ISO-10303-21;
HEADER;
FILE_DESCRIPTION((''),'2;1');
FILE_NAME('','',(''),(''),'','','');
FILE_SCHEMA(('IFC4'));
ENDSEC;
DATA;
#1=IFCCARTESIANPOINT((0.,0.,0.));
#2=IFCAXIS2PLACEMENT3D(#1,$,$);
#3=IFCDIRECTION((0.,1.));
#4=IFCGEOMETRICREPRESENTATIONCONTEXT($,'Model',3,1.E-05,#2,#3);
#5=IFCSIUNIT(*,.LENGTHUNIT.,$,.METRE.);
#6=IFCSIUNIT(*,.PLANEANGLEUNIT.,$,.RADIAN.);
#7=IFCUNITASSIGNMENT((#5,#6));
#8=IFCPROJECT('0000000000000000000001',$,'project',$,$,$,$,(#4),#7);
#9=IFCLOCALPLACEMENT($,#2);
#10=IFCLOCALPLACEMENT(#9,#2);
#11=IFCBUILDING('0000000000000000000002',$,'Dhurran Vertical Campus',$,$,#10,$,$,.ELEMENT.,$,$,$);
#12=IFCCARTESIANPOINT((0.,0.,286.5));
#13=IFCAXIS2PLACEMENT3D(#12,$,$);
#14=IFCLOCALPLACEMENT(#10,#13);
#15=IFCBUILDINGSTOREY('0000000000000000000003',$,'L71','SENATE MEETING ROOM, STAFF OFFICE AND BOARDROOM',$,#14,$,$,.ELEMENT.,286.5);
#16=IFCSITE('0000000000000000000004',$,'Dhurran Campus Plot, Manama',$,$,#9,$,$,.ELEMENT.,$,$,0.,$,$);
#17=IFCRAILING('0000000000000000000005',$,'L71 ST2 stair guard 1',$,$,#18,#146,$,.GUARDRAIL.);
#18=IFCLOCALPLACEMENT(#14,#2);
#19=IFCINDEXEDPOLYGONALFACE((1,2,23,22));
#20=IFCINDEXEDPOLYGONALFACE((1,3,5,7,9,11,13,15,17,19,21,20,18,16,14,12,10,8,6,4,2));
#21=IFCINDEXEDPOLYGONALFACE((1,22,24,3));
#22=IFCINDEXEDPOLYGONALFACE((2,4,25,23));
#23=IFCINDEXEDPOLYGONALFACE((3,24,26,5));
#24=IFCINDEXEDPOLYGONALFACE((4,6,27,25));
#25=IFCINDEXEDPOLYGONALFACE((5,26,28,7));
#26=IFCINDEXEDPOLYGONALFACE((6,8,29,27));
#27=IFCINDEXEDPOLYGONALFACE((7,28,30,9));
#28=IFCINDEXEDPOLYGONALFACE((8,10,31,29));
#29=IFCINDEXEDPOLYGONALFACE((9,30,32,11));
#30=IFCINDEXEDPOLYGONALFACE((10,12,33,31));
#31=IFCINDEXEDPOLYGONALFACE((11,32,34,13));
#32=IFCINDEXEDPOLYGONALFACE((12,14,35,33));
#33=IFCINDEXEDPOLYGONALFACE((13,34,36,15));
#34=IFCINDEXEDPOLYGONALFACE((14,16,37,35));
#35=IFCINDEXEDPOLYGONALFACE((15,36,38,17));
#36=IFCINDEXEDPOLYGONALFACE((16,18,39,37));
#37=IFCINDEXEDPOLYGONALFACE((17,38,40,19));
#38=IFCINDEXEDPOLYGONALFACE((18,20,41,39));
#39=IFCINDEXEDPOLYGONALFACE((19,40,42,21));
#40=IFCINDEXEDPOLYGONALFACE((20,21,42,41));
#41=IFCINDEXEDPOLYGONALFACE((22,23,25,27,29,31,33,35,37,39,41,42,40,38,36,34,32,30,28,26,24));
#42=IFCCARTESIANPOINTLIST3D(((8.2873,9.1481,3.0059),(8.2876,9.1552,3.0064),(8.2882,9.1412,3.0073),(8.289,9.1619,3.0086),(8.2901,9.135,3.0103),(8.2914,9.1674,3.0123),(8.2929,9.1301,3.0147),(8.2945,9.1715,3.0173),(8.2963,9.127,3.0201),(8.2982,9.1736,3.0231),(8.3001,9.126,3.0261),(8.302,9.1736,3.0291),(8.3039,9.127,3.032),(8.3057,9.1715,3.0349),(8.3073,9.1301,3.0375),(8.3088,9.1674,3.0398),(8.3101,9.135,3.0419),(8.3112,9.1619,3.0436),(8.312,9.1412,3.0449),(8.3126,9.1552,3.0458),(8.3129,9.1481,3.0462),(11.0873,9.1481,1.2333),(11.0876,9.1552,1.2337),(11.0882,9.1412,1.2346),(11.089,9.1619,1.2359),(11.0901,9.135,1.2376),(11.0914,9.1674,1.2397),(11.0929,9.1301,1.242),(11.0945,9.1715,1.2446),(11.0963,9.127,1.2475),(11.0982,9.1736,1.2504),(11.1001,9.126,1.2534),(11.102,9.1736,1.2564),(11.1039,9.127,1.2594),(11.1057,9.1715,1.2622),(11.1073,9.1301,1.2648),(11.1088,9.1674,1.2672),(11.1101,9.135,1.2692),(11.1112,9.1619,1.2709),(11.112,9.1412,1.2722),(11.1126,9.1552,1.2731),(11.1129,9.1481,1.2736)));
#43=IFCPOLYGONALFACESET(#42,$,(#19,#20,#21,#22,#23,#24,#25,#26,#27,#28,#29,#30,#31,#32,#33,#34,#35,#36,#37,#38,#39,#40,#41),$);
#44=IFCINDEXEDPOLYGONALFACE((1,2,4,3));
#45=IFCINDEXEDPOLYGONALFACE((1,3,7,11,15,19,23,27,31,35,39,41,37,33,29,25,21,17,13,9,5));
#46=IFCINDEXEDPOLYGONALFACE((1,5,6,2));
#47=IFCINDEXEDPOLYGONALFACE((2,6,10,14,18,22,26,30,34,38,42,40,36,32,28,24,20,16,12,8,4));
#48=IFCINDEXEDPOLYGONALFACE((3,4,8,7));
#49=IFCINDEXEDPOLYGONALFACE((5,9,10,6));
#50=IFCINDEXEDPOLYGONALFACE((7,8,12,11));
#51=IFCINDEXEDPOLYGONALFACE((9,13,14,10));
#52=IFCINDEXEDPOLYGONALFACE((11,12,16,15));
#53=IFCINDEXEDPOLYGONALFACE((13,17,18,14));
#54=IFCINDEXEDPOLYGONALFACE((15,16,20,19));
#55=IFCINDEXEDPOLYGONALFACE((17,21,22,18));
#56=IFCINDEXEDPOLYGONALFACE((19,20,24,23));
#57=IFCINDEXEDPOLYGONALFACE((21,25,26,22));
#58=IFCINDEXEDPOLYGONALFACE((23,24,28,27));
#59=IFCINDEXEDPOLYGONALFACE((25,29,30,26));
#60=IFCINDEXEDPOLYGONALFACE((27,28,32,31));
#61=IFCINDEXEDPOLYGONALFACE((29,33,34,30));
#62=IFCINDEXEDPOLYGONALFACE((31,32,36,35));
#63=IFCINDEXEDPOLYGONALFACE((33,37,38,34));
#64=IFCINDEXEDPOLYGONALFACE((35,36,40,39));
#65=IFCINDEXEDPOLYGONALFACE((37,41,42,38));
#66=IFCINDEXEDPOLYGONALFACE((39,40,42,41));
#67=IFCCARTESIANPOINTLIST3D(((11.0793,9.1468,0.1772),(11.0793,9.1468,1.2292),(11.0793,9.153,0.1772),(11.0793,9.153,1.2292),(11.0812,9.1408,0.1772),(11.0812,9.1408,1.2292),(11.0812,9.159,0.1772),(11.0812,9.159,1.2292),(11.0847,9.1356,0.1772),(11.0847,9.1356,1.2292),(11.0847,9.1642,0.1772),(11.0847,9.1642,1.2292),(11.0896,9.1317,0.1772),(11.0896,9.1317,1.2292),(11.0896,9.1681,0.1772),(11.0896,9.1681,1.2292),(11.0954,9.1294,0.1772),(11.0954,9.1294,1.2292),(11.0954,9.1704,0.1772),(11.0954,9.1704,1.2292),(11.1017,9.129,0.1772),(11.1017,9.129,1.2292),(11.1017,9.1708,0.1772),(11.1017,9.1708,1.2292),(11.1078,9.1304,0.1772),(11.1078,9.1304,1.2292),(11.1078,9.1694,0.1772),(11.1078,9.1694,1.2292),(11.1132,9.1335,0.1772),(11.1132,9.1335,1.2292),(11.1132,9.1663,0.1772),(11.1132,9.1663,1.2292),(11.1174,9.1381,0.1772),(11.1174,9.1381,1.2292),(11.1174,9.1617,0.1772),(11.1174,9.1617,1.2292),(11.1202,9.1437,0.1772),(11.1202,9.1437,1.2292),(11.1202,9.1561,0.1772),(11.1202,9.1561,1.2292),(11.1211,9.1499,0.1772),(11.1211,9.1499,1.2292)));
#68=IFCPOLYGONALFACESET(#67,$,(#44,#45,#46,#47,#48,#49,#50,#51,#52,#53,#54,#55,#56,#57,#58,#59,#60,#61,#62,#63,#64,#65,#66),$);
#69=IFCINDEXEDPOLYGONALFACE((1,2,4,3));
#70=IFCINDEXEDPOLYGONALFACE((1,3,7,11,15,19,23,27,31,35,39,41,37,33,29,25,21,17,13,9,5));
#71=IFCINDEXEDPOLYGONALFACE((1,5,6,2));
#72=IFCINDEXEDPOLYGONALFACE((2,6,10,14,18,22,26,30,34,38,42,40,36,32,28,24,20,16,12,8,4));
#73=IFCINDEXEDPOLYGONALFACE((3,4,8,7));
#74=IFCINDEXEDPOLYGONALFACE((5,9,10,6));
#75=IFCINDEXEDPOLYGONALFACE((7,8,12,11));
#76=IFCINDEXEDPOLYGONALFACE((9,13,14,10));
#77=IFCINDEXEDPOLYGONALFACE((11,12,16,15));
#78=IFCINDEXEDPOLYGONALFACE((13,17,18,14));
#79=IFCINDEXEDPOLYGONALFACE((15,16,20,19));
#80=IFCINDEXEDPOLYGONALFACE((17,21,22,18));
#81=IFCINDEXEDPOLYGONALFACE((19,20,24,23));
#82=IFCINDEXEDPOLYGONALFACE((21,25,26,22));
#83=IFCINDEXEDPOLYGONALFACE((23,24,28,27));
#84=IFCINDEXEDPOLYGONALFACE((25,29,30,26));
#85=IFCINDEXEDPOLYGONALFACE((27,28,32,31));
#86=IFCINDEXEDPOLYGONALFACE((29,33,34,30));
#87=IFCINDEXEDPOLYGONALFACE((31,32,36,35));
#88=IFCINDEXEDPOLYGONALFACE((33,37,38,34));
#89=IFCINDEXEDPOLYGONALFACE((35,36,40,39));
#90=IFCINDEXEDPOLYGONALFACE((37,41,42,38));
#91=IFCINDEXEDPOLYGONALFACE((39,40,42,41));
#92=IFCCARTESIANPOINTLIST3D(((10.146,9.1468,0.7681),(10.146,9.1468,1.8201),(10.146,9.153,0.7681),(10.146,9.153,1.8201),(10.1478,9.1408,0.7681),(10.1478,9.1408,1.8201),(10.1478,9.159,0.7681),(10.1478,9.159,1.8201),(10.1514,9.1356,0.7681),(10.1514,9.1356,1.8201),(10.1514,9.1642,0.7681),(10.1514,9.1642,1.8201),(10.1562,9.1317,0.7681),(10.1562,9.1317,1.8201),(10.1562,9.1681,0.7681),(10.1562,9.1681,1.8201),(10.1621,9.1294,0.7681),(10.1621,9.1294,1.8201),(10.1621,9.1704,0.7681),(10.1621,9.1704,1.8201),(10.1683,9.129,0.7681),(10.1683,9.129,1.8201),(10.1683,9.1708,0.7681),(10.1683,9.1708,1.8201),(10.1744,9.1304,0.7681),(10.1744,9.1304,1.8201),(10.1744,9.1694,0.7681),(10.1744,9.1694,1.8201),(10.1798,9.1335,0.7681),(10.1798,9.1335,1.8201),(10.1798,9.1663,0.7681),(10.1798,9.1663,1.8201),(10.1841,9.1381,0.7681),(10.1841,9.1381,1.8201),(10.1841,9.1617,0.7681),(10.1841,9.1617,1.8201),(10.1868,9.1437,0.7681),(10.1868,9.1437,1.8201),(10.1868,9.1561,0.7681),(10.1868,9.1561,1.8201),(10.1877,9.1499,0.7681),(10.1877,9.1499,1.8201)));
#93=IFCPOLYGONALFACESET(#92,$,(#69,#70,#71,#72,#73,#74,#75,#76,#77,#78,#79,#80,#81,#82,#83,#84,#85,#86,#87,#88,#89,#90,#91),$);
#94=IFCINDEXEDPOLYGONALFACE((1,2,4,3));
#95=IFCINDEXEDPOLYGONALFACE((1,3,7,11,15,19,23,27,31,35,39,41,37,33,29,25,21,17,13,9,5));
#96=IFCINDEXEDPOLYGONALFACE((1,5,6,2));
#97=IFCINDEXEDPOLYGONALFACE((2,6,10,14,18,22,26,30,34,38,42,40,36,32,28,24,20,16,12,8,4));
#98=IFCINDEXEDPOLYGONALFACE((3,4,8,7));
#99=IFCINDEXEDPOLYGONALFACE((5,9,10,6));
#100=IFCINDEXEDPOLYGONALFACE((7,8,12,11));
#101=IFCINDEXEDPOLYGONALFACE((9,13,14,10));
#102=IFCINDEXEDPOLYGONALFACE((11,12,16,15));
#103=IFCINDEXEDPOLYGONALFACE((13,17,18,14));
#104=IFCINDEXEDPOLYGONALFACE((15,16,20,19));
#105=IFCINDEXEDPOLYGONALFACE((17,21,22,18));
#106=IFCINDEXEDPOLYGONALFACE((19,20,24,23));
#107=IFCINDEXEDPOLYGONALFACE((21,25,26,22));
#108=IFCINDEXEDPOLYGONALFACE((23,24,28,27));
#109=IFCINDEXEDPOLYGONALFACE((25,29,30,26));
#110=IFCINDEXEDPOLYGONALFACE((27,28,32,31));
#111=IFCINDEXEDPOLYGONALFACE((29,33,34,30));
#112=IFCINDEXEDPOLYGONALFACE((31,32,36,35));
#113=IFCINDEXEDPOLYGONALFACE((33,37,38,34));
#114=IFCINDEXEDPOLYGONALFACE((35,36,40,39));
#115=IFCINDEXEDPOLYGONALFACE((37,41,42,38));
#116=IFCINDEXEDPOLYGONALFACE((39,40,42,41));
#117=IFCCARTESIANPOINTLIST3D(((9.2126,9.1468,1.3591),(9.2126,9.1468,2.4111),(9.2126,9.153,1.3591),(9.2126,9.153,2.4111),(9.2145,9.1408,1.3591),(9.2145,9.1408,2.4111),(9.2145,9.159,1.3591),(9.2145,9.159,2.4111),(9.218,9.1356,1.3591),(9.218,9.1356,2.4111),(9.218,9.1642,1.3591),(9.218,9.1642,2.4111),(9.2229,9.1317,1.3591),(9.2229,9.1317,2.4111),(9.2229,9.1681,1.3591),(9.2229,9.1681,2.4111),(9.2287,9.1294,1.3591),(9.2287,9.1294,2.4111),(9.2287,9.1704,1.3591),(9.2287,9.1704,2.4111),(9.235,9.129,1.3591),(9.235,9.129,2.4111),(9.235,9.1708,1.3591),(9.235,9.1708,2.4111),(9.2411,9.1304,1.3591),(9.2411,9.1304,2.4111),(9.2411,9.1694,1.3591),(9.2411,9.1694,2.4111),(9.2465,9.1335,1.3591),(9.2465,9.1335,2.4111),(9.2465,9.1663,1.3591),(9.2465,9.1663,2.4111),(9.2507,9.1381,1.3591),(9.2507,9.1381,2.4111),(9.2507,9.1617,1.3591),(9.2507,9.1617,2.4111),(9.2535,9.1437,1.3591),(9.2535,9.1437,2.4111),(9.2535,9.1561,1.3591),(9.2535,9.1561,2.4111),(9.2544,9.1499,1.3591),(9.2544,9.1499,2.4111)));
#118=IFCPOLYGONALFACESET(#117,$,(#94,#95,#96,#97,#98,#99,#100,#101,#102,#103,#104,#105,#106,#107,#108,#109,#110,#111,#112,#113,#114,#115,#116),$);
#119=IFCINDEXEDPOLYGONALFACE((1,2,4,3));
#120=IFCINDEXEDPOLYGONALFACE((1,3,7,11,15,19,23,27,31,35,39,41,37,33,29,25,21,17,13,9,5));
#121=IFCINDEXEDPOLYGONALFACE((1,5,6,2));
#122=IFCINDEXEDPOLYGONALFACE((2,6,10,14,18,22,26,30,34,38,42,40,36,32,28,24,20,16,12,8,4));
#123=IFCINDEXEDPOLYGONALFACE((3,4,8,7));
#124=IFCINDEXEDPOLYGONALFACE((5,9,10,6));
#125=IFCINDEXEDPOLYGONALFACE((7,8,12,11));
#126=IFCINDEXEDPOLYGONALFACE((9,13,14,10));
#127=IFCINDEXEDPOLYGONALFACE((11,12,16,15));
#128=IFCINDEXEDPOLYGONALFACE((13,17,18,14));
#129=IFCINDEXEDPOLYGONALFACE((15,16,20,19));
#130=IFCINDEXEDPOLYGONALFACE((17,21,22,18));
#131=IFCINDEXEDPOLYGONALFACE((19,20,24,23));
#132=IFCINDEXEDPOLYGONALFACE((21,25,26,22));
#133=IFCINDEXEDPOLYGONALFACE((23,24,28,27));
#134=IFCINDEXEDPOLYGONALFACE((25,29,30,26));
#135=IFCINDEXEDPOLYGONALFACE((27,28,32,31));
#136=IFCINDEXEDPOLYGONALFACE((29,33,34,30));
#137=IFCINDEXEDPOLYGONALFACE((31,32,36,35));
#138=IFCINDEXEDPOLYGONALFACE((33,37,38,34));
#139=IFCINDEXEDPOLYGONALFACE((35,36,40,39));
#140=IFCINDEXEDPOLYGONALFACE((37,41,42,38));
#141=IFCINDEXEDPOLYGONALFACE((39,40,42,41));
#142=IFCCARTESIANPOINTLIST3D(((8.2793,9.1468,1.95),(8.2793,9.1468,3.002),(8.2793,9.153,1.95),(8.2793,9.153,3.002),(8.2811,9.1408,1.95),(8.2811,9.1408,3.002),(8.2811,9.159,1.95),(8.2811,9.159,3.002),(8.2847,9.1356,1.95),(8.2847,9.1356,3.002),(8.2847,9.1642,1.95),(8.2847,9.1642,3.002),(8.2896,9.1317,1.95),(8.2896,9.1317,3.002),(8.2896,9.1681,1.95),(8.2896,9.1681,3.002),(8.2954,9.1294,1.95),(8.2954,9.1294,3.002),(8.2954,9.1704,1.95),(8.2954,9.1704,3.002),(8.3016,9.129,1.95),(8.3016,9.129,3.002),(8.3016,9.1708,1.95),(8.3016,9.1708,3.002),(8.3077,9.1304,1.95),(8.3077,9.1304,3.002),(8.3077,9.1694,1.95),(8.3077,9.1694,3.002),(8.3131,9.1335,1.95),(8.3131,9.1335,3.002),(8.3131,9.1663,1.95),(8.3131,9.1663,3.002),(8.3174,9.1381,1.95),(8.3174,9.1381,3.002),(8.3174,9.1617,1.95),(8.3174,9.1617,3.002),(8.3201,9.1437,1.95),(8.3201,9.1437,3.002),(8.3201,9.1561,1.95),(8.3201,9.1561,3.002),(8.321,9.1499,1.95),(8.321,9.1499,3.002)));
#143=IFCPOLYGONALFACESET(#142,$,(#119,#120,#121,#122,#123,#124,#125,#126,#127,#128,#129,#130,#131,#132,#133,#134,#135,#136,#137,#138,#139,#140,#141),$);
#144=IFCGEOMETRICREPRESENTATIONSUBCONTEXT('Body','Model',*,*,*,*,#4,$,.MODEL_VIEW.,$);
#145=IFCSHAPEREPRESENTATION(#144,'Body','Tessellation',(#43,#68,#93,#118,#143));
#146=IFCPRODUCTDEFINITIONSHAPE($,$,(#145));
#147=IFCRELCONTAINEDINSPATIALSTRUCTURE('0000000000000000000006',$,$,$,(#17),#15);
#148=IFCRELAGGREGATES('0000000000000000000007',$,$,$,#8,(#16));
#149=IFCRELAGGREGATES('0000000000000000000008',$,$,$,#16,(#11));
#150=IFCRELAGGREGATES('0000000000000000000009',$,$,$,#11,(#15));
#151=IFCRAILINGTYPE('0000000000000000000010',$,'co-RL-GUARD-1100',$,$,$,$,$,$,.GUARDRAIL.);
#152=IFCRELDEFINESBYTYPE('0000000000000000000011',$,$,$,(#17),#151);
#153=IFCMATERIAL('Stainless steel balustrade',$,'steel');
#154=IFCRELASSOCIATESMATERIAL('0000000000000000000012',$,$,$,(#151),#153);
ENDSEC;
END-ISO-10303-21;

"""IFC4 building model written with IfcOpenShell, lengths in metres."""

from ifc_helpers import new_model, si_unit, direction, frame, origin, origin_2d, place, context, subcontext, project, spatial, circle, extrude, material, type_object, element, save


model = new_model("IFC4")

# Units and contexts
model_context = context("Model", 3, precision=1e-05, world=origin(), true_north=direction((0.0, 1.0)))
body_context = subcontext(model_context, "Body", "Model", "MODEL_VIEW")
ifc_project = project(units=[si_unit("LENGTHUNIT", "METRE"), si_unit("PLANEANGLEUNIT", "RADIAN")], contexts=[model_context])

# Site, building, storey
site_placement = place(None, origin())
site = spatial("IfcSite", under=ifc_project, at=site_placement, Name="Dhurran Campus Plot, Manama", CompositionType="ELEMENT", RefElevation=0.0)
building_placement = place(site_placement, origin())
building = spatial("IfcBuilding", under=site, at=building_placement, Name="Dhurran Vertical Campus", CompositionType="ELEMENT")
storey_placement = place(building_placement, frame((0.0, 0.0, 286.5)))
storey = spatial("IfcBuildingStorey", under=building, at=storey_placement, Name="L71", Description="SENATE MEETING ROOM, STAFF OFFICE AND BOARDROOM", CompositionType="ELEMENT", Elevation=286.5)

# Railing
ifc_material_1 = material(Name="Stainless steel balustrade", Category="steel")
railing_type_1 = type_object("IfcRailingType", Name="co-RL-GUARD-1100", PredefinedType="GUARDRAIL", material=ifc_material_1)
railing_1_placement = place(storey_placement, frame((11.1001, 9.1499, 0.1772)))
element("IfcRailing", 1, at=railing_1_placement, inside=storey, type_object=railing_type_1, Name="L71 ST2 stair guard 1", PredefinedType="GUARDRAIL", context=body_context, shape_type="SweptSolid", body=[
    extrude(circle(Radius=0.0239, at=origin_2d()), frame((0.0, 0.0, 1.0762), z_axis=(-0.844909, 0.0, 0.53491), x_axis=(0.0, -1.0, 0.0)), (0.0, 0.0, 1.0), 3.314),
    extrude(circle(Radius=0.021, at=origin_2d()), origin(), (0.0, 0.0, 1.0), 1.052),
    extrude(circle(Radius=0.021, at=origin_2d()), frame((-0.9333, 0.0, 0.5908)), (0.0, 0.0, 1.0), 1.052),
    extrude(circle(Radius=0.021, at=origin_2d()), frame((-1.8667, 0.0, 1.1819)), (0.0, 0.0, 1.0), 1.052),
    extrude(circle(Radius=0.021, at=origin_2d()), frame((-2.8, 0.0, 1.7727)), (0.0, 0.0, 1.0), 1.052),
])

save(model, "model.ifc")
